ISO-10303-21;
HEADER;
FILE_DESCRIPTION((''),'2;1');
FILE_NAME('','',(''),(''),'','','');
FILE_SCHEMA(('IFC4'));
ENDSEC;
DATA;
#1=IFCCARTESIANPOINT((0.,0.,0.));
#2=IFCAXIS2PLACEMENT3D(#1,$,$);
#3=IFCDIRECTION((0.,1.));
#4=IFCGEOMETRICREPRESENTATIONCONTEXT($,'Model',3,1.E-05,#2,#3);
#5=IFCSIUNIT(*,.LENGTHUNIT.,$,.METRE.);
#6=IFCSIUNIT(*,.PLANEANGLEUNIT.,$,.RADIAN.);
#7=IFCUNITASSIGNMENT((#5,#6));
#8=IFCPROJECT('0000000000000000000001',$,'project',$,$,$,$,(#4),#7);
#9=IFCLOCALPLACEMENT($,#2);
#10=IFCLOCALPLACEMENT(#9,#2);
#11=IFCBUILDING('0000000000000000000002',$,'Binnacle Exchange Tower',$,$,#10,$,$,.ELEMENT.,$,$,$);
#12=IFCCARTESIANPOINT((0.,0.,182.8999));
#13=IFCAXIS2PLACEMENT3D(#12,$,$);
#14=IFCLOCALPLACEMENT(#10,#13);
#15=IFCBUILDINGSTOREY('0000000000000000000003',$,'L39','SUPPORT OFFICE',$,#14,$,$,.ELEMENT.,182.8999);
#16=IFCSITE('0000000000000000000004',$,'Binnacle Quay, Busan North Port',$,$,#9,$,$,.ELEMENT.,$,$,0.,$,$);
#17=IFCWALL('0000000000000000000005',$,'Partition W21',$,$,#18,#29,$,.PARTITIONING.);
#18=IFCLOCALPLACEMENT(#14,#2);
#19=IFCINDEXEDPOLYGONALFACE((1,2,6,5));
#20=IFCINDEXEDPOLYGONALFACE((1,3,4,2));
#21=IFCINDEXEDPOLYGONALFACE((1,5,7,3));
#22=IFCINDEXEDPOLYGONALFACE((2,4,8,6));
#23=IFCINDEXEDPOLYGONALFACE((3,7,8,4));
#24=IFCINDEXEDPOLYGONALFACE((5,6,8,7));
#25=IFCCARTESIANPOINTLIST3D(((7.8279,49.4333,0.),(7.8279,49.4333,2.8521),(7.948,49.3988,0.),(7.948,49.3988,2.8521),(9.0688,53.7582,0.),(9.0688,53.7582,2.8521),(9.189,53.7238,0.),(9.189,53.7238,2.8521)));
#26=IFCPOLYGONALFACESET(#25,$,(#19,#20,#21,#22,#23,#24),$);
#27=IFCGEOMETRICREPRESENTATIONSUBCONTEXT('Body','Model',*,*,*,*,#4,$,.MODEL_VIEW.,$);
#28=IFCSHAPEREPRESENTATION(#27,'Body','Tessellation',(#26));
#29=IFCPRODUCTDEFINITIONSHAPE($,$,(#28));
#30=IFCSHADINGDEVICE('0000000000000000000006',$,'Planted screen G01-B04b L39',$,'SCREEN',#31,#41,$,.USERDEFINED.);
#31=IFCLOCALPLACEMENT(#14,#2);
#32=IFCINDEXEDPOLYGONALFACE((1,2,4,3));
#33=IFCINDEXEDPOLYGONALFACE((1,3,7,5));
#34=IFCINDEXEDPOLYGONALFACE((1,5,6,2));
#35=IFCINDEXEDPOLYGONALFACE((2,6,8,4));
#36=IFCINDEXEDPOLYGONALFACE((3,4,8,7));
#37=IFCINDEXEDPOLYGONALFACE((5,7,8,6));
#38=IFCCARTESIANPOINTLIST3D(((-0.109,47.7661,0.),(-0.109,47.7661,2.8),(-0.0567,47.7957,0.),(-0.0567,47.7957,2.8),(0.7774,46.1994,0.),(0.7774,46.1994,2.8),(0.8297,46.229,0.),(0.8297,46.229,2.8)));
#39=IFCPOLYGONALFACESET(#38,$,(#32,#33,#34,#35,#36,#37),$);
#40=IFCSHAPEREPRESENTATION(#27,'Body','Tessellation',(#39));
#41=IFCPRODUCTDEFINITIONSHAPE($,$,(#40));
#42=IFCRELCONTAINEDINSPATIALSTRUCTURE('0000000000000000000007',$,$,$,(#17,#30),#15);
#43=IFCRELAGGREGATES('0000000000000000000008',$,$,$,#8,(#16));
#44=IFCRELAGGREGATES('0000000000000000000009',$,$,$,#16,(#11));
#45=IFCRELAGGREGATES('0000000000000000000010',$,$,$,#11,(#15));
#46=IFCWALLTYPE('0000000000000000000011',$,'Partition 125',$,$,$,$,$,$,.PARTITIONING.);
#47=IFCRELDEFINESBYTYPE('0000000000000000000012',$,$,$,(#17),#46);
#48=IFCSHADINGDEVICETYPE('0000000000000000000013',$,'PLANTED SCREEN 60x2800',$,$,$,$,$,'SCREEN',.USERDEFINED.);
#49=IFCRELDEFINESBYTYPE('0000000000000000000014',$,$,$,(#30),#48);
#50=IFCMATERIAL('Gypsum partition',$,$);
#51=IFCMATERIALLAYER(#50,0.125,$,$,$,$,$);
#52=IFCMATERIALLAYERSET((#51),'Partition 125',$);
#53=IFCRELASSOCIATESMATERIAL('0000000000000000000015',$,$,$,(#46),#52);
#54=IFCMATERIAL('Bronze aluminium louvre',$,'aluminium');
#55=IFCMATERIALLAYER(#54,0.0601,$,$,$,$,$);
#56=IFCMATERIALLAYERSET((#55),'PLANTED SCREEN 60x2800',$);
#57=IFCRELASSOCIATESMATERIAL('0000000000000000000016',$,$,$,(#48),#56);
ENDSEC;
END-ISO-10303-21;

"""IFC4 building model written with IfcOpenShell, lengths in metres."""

from ifc_helpers import new_model, si_unit, direction, frame, frame_2d, origin, origin_2d, place, context, subcontext, project, spatial, rectangle, extrude, material, layer, layer_set, type_object, element, save


model = new_model("IFC4")

# Units and contexts
model_context = context("Model", 3, precision=1e-05, world=origin(), true_north=direction((0.0, 1.0)))
body_context = subcontext(model_context, "Body", "Model", "MODEL_VIEW")
ifc_project = project(units=[si_unit("LENGTHUNIT", "METRE"), si_unit("PLANEANGLEUNIT", "RADIAN")], contexts=[model_context])

# Site, building, storey
site_placement = place(None, origin())
site = spatial("IfcSite", under=ifc_project, at=site_placement, Name="Binnacle Quay, Busan North Port", CompositionType="ELEMENT", RefElevation=0.0)
building_placement = place(site_placement, origin())
building = spatial("IfcBuilding", under=site, at=building_placement, Name="Binnacle Exchange Tower", CompositionType="ELEMENT")
storey_placement = place(building_placement, frame((0.0, 0.0, 182.8999)))
storey = spatial("IfcBuildingStorey", under=building, at=storey_placement, Name="L39", Description="SUPPORT OFFICE", CompositionType="ELEMENT", Elevation=182.8999)

# Wall
ifc_material_1 = material(Name="Gypsum partition")
ifc_layer_1 = layer(ifc_material_1, 0.125)
ifc_layer_set_1 = layer_set([ifc_layer_1], Name="Partition 125")
wall_type_1 = type_object("IfcWallType", Name="Partition 125", PredefinedType="PARTITIONING", material=ifc_layer_set_1)
wall_1_placement = place(storey_placement, frame((7.8879, 49.416, 0.0), z_axis=(0.0, 0.0, 1.0), x_axis=(0.275803, 0.961214, 0.0)))
element("IfcWall", 1, at=wall_1_placement, inside=storey, type_object=wall_type_1, Name="Partition W21", PredefinedType="PARTITIONING", context=body_context, shape_type="SweptSolid", body=[
    extrude(rectangle(XDim=4.4995, YDim=0.125, at=frame_2d((2.2498, 0.0))), origin(), (0.0, 0.0, 1.0), 2.8521),
])

# Shading device
ifc_material_2 = material(Name="Bronze aluminium louvre", Category="aluminium")
ifc_layer_2 = layer(ifc_material_2, 0.0601)
ifc_layer_set_2 = layer_set([ifc_layer_2], Name="PLANTED SCREEN 60x2800")
shading_device_type = type_object("IfcShadingDeviceType", Name="PLANTED SCREEN 60x2800", ElementType="SCREEN", PredefinedType="USERDEFINED", material=ifc_layer_set_2)
shading_device_placement = place(storey_placement, frame((0.3604, 46.9976, 0.0), z_axis=(0.0, 0.0, 1.0), x_axis=(0.870356, 0.492424, 0.0)))
element("IfcShadingDevice", 2, at=shading_device_placement, inside=storey, type_object=shading_device_type, Name="Planted screen G01-B04b L39", ObjectType="SCREEN", PredefinedType="USERDEFINED", context=body_context, shape_type="SweptSolid", body=[
    extrude(rectangle(XDim=0.0601, YDim=1.8, at=origin_2d()), origin(), (0.0, 0.0, 1.0), 2.8),
])

save(model, "model.ifc")
